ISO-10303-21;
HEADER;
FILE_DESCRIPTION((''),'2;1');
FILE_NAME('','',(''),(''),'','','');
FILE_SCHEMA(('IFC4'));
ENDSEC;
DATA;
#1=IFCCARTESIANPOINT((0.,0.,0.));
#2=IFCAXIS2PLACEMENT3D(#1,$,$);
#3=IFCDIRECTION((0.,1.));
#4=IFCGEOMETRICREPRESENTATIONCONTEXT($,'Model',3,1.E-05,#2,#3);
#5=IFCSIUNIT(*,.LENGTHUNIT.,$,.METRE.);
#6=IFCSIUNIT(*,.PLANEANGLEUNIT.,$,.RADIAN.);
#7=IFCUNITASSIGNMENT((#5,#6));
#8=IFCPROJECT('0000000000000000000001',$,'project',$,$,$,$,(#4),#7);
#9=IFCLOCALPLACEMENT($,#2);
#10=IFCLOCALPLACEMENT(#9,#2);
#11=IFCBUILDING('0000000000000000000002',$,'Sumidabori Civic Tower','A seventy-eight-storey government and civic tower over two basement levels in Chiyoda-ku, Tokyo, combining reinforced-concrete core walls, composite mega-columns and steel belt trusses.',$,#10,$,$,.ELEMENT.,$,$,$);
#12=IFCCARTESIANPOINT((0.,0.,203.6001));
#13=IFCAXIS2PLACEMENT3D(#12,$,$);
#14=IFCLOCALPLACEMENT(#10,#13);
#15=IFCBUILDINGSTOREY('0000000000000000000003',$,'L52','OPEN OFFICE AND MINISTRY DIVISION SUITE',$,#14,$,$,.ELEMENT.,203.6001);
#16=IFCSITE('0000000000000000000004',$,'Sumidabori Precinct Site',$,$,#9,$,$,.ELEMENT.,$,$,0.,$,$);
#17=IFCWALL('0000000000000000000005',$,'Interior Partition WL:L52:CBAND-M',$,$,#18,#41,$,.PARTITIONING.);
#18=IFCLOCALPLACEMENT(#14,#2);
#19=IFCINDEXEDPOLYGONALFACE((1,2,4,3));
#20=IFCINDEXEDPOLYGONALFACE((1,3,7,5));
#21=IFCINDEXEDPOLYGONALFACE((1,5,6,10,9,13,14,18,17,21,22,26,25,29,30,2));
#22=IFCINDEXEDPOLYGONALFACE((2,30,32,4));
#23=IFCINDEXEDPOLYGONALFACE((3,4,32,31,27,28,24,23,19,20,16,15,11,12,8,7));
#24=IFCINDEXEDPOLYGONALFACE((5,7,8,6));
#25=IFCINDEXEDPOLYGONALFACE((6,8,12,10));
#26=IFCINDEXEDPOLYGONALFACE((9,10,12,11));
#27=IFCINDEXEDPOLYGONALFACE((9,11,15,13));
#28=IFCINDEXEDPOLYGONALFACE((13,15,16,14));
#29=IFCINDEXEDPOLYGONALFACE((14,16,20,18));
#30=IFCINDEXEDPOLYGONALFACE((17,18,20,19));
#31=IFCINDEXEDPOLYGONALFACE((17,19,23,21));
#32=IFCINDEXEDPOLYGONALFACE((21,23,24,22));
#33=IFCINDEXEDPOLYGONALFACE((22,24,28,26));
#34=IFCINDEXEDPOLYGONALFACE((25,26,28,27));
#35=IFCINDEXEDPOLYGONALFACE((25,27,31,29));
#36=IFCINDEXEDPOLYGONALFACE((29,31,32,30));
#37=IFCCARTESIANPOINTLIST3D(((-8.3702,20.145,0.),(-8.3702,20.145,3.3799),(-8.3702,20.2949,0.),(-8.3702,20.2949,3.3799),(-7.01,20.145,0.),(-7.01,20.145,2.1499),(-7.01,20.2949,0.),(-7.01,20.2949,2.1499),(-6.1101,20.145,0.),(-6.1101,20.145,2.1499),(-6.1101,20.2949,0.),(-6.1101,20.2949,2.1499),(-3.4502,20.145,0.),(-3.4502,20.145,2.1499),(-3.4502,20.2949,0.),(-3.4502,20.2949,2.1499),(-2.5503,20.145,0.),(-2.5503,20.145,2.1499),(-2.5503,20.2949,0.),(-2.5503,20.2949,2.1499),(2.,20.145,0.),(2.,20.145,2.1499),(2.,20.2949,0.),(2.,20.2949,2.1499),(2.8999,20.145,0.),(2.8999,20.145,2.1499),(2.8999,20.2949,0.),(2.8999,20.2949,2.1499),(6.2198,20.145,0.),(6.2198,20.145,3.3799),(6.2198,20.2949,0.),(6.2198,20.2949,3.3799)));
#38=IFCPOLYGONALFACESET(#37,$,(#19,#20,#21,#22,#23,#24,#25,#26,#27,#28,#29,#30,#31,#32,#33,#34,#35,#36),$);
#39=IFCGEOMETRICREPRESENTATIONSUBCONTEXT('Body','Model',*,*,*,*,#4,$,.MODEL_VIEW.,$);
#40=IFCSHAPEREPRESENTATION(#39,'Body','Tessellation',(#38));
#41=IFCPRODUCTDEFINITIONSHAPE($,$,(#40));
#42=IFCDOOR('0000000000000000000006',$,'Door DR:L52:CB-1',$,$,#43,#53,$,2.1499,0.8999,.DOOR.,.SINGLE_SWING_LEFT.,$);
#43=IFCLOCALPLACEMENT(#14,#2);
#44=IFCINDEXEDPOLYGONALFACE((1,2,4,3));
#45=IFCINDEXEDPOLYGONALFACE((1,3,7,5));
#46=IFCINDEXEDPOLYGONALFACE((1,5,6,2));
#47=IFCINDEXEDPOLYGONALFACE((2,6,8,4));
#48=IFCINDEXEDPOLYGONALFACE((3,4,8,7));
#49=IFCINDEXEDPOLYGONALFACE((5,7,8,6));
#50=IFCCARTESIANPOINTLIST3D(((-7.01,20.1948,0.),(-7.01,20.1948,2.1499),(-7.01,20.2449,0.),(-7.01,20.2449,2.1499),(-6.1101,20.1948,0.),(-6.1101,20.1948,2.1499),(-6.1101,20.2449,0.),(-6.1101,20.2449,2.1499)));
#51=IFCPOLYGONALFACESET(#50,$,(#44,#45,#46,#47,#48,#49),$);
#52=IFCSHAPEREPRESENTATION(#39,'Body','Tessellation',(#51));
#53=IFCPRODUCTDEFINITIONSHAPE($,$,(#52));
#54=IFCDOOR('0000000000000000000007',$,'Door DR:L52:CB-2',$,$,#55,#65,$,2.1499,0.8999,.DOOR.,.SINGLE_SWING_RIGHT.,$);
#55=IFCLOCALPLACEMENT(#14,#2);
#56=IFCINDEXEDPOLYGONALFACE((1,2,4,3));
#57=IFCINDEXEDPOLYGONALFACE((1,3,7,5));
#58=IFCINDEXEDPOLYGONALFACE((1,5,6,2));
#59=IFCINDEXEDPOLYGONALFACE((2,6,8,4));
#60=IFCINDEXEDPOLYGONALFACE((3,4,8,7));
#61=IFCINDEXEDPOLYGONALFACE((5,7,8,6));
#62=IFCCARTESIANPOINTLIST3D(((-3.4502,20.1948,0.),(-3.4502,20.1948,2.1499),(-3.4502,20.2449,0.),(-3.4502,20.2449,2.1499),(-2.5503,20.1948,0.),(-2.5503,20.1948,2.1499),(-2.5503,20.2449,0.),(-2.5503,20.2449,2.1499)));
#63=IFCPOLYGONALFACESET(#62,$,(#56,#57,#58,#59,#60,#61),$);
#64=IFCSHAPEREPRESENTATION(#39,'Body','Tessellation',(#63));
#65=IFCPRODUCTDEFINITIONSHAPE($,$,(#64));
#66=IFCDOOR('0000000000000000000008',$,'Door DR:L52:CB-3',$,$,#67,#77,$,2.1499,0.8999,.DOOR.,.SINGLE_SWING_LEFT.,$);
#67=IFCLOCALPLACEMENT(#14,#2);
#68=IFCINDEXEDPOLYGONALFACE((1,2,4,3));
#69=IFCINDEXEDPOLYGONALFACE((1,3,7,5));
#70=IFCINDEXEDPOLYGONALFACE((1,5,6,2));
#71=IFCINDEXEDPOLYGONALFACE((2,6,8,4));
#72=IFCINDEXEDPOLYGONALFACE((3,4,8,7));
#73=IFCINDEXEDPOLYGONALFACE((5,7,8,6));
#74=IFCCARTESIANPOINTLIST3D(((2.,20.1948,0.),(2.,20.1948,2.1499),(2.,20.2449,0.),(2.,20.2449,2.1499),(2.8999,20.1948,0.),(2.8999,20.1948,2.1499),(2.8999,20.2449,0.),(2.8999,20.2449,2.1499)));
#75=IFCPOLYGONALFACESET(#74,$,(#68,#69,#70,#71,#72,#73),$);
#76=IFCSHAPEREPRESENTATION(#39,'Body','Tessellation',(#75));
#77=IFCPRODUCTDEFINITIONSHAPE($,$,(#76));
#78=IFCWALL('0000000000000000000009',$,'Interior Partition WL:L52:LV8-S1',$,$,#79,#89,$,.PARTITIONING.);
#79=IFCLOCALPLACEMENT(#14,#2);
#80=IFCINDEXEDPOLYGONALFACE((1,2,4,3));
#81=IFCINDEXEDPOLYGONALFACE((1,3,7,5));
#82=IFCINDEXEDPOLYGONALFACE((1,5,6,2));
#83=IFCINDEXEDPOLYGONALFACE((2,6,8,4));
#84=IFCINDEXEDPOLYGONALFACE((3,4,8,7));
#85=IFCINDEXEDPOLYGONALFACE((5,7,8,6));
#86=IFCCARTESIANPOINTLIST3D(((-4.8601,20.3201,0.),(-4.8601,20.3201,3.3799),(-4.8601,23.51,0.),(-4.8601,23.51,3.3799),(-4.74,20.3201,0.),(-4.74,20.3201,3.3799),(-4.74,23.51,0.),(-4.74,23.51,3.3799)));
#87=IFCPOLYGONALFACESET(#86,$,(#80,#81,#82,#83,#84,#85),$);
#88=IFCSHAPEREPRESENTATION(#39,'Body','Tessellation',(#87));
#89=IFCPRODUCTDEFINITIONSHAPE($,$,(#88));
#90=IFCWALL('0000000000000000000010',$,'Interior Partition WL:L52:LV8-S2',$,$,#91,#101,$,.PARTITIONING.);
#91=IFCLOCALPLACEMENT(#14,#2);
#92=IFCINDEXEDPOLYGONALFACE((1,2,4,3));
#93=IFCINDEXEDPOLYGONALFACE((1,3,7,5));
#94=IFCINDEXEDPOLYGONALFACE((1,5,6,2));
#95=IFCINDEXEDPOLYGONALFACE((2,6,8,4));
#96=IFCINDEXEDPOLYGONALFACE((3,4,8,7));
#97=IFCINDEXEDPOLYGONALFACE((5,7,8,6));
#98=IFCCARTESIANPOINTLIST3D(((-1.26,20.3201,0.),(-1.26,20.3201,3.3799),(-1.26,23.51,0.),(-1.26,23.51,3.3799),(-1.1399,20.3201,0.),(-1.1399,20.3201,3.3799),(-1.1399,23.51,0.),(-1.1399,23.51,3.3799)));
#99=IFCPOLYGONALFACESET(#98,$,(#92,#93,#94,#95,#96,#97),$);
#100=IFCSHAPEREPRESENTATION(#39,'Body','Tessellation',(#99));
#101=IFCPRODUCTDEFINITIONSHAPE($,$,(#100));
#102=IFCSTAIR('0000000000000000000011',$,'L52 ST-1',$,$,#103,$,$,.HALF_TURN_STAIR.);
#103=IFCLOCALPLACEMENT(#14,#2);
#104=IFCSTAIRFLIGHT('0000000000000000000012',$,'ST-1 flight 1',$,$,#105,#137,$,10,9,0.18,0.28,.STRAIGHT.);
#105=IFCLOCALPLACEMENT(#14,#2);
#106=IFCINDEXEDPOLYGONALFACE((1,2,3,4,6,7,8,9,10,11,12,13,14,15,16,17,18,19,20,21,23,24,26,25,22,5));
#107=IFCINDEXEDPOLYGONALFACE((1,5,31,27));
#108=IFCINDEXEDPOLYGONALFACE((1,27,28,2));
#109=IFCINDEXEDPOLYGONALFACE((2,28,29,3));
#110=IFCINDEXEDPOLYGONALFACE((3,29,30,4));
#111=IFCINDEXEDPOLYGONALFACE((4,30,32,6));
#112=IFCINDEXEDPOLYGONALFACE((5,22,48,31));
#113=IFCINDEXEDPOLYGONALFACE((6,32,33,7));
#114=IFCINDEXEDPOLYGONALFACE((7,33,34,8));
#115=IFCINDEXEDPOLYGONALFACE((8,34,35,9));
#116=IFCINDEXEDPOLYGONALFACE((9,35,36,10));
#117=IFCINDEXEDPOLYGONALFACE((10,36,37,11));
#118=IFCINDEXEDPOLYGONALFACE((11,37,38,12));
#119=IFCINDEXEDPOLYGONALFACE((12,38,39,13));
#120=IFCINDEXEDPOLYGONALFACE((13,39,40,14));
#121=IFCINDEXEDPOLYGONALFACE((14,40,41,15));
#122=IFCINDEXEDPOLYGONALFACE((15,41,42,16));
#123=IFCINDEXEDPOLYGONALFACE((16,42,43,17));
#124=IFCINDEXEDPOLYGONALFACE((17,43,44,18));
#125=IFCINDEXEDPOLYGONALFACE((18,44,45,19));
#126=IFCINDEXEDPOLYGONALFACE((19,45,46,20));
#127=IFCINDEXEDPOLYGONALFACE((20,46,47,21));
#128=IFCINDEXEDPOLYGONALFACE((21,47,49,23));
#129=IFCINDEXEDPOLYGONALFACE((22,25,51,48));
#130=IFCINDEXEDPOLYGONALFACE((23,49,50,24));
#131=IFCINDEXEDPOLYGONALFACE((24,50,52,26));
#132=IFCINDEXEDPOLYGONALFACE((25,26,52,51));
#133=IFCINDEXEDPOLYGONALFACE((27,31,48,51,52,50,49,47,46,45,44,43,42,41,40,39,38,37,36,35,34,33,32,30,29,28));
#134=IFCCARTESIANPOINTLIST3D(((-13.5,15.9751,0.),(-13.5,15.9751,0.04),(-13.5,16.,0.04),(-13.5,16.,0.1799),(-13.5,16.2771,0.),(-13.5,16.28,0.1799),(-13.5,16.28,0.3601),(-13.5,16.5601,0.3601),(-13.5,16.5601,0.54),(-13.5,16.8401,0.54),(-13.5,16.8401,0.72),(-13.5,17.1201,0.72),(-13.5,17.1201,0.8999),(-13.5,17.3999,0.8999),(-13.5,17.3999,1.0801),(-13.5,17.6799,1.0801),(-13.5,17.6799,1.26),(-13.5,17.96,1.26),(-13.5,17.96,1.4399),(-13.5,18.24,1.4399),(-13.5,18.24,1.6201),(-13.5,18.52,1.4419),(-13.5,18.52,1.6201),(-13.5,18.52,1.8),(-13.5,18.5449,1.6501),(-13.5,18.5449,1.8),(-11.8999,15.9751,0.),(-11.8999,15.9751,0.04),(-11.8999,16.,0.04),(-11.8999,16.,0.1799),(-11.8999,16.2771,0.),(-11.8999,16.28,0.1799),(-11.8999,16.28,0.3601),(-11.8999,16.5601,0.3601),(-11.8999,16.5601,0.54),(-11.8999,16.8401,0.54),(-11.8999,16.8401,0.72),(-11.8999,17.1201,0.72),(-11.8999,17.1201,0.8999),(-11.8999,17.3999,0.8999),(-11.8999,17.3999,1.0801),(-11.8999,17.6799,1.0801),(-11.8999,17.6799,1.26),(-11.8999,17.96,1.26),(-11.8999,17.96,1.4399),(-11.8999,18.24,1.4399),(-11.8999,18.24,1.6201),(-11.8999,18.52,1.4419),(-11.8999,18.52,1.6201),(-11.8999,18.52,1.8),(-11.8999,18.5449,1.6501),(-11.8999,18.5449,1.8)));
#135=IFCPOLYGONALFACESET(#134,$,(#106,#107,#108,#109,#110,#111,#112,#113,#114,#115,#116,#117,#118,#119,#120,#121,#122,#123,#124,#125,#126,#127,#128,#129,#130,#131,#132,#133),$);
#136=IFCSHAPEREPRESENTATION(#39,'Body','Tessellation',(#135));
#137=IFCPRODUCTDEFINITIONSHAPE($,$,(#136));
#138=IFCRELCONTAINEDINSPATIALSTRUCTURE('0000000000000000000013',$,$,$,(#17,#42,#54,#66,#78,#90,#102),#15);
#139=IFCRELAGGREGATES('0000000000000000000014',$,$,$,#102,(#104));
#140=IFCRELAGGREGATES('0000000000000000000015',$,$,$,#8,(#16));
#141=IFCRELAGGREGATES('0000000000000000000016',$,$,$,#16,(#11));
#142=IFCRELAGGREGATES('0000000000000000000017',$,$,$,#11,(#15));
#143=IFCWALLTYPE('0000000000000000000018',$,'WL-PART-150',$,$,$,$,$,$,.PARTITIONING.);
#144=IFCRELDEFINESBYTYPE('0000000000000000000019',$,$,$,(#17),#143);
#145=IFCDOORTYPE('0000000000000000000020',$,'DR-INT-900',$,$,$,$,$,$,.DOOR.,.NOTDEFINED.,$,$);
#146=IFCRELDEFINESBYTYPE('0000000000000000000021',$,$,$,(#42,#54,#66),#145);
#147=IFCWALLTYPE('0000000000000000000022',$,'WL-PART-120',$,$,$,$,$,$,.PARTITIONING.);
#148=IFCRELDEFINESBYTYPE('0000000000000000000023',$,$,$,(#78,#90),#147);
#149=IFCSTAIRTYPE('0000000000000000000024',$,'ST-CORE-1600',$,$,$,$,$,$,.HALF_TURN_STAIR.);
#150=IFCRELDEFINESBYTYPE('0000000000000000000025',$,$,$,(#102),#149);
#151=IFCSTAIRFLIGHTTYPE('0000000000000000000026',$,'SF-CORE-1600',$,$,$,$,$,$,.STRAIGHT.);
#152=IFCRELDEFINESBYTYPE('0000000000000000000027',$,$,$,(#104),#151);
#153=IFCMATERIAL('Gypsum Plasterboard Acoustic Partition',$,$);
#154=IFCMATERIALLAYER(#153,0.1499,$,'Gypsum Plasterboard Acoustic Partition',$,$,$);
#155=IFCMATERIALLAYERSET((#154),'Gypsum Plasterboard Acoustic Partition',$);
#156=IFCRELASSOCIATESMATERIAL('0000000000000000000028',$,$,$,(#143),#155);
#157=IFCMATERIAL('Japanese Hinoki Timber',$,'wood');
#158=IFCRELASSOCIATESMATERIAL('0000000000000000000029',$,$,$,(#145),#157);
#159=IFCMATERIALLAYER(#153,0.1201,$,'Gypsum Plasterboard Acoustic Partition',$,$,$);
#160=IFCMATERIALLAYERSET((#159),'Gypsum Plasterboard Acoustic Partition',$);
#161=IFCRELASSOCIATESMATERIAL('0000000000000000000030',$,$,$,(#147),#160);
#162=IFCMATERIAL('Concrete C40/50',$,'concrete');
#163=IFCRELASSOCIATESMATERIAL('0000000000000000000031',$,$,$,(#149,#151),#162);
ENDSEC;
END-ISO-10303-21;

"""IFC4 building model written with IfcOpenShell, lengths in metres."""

from ifc_helpers import new_model, si_unit, direction, frame, frame_2d, origin, place, context, subcontext, project, spatial, polyline, rectangle, outline, extrude, source, transform, mapped, material, layer, layer_set, type_object, element, fill, aggregate, save


model = new_model("IFC4")

# Units and contexts
model_context = context("Model", 3, precision=1e-05, world=origin(), true_north=direction((0.0, 1.0)))
body_context = subcontext(model_context, "Body", "Model", "MODEL_VIEW")
ifc_project = project(units=[si_unit("LENGTHUNIT", "METRE"), si_unit("PLANEANGLEUNIT", "RADIAN")], contexts=[model_context])

# Site, building, storey
site_placement = place(None, origin())
site = spatial("IfcSite", under=ifc_project, at=site_placement, Name="Sumidabori Precinct Site", CompositionType="ELEMENT", RefElevation=0.0)
building_placement = place(site_placement, origin())
building = spatial("IfcBuilding", under=site, at=building_placement, Name="Sumidabori Civic Tower", Description="A seventy-eight-storey government and civic tower over two basement levels in Chiyoda-ku, Tokyo, combining reinforced-concrete core walls, composite mega-columns and steel belt trusses.", CompositionType="ELEMENT")
storey_placement = place(building_placement, frame((0.0, 0.0, 203.6001)))
storey = spatial("IfcBuildingStorey", under=building, at=storey_placement, Name="L52", Description="OPEN OFFICE AND MINISTRY DIVISION SUITE", CompositionType="ELEMENT", Elevation=203.6001)

# Shared definitions
ifc_material_1 = material(Name="Gypsum Plasterboard Acoustic Partition")
ifc_layer_1 = layer(ifc_material_1, 0.1499, Name="Gypsum Plasterboard Acoustic Partition")
ifc_layer_set_1 = layer_set([ifc_layer_1], Name="Gypsum Plasterboard Acoustic Partition")
wall_type_1 = type_object("IfcWallType", Name="WL-PART-150", PredefinedType="PARTITIONING", material=ifc_layer_set_1)

# Wall, openings, doors
shared_shape_1 = source(origin(), body_context, "Body", "SweptSolid", [
    extrude(rectangle(XDim=14.5901, YDim=0.1499, at=frame_2d((7.2949, 0.0))), origin(), (0.0, 0.0, 1.0), 3.3799),
])
wall_1_placement = place(storey_placement, frame((-8.3701, 20.22, 0.0), z_axis=(0.0, 0.0, 1.0), x_axis=(1.0, 0.0, 0.0)))
wall_1 = element("IfcWall", 1, at=wall_1_placement, inside=storey, type_object=wall_type_1, Name="Interior Partition WL:L52:CBAND-M", PredefinedType="PARTITIONING", context=body_context, shape_type="MappedRepresentation", body=[
    mapped(shared_shape_1, transform((0.0, 0.0, 0.0), x_axis=(1.0, 0.0, 0.0), y_axis=(0.0, 1.0, 0.0), z_axis=(0.0, 0.0, 1.0), scale=1.0)),
])
opening_1_placement = place(wall_1_placement, frame((1.3601, 0.0, 0.0)))
opening_1 = element("IfcOpeningElement", 2, at=opening_1_placement, cuts=wall_1, PredefinedType="OPENING", context=body_context, shape_type="SweptSolid", body=[
    extrude(rectangle(XDim=0.8999, YDim=2.1499, at=frame_2d((0.45, 1.075))), frame((0.0, 0.0869, 0.0), z_axis=(0.0, -1.0, 0.0), x_axis=(1.0, 0.0, 0.0)), (0.0, 0.0, 1.0), 0.1738),
])
opening_2_placement = place(wall_1_placement, frame((4.9199, 0.0, 0.0)))
opening_2 = element("IfcOpeningElement", 3, at=opening_2_placement, cuts=wall_1, PredefinedType="OPENING", context=body_context, shape_type="SweptSolid", body=[
    extrude(rectangle(XDim=0.8999, YDim=2.1499, at=frame_2d((0.45, 1.075))), frame((0.0, 0.0869, 0.0), z_axis=(0.0, -1.0, 0.0), x_axis=(1.0, 0.0, 0.0)), (0.0, 0.0, 1.0), 0.1738),
])
opening_3_placement = place(wall_1_placement, frame((10.3701, 0.0, 0.0)))
opening_3 = element("IfcOpeningElement", 4, at=opening_3_placement, cuts=wall_1, PredefinedType="OPENING", context=body_context, shape_type="SweptSolid", body=[
    extrude(rectangle(XDim=0.8999, YDim=2.1499, at=frame_2d((0.45, 1.075))), frame((0.0, 0.0869, 0.0), z_axis=(0.0, -1.0, 0.0), x_axis=(1.0, 0.0, 0.0)), (0.0, 0.0, 1.0), 0.1738),
])
ifc_material_2 = material(Name="Japanese Hinoki Timber", Category="wood")
door_type = type_object("IfcDoorType", Name="DR-INT-900", OperationType="NOTDEFINED", PredefinedType="DOOR", material=ifc_material_2)
shared_shape_2 = source(origin(), body_context, "Body", "SweptSolid", [
    extrude(rectangle(XDim=0.8999, YDim=2.1499, at=frame_2d((0.45, 1.075))), frame((0.0, 0.0249, 0.0), z_axis=(0.0, -1.0, 0.0), x_axis=(1.0, 0.0, 0.0)), (0.0, 0.0, 1.0), 0.05),
])
door_1_placement = place(opening_1_placement, origin())
door_1 = element("IfcDoor", 5, at=door_1_placement, inside=storey, type_object=door_type, Name="Door DR:L52:CB-1", OperationType="SINGLE_SWING_LEFT", OverallHeight=2.1499, OverallWidth=0.8999, PredefinedType="DOOR", context=body_context, shape_type="MappedRepresentation", body=[
    mapped(shared_shape_2, transform((0.0, 0.0, 0.0), x_axis=(1.0, 0.0, 0.0), y_axis=(0.0, 1.0, 0.0), z_axis=(0.0, 0.0, 1.0), scale=1.0)),
])
fill(opening_1, door_1)
door_2_placement = place(opening_2_placement, origin())
door_2 = element("IfcDoor", 6, at=door_2_placement, inside=storey, type_object=door_type, Name="Door DR:L52:CB-2", OperationType="SINGLE_SWING_RIGHT", OverallHeight=2.1499, OverallWidth=0.8999, PredefinedType="DOOR", context=body_context, shape_type="MappedRepresentation", body=[
    mapped(shared_shape_2, transform((0.0, 0.0, 0.0), x_axis=(1.0, 0.0, 0.0), y_axis=(0.0, 1.0, 0.0), z_axis=(0.0, 0.0, 1.0), scale=1.0)),
])
fill(opening_2, door_2)
door_3_placement = place(opening_3_placement, origin())
door_3 = element("IfcDoor", 7, at=door_3_placement, inside=storey, type_object=door_type, Name="Door DR:L52:CB-3", OperationType="SINGLE_SWING_LEFT", OverallHeight=2.1499, OverallWidth=0.8999, PredefinedType="DOOR", context=body_context, shape_type="MappedRepresentation", body=[
    mapped(shared_shape_2, transform((0.0, 0.0, 0.0), x_axis=(1.0, 0.0, 0.0), y_axis=(0.0, 1.0, 0.0), z_axis=(0.0, 0.0, 1.0), scale=1.0)),
])
fill(opening_3, door_3)

# Walls
ifc_layer_2 = layer(ifc_material_1, 0.1201, Name="Gypsum Plasterboard Acoustic Partition")
ifc_layer_set_2 = layer_set([ifc_layer_2], Name="Gypsum Plasterboard Acoustic Partition")
wall_type_2 = type_object("IfcWallType", Name="WL-PART-120", PredefinedType="PARTITIONING", material=ifc_layer_set_2)
shared_shape_3 = source(origin(), body_context, "Body", "SweptSolid", [
    extrude(rectangle(XDim=3.1899, YDim=0.1201, at=frame_2d((1.595, 0.0))), origin(), (0.0, 0.0, 1.0), 3.3799),
])
for number, where, z_axis, x_axis, name in (
    (8, (-4.8, 20.3201, 0.0), (0.0, 0.0, 1.0), (0.0, 1.0, 0.0), "Interior Partition WL:L52:LV8-S1"),
    (9, (-1.2, 20.3201, 0.0), (0.0, 0.0, 1.0), (0.0, 1.0, 0.0), "Interior Partition WL:L52:LV8-S2"),
):
    element("IfcWall", number, at=place(storey_placement, frame(where, z_axis=z_axis, x_axis=x_axis)), inside=storey, type_object=wall_type_2, Name=name, PredefinedType="PARTITIONING", context=body_context, shape_type="MappedRepresentation", body=[
        mapped(shared_shape_3, transform((0.0, 0.0, 0.0), x_axis=(1.0, 0.0, 0.0), y_axis=(0.0, 1.0, 0.0), z_axis=(0.0, 0.0, 1.0), scale=1.0)),
    ])

# Stair, stair flight
ifc_material_3 = material(Name="Concrete C40/50", Category="concrete")
stair_type = type_object("IfcStairType", Name="ST-CORE-1600", PredefinedType="HALF_TURN_STAIR", material=ifc_material_3)
stair_placement = place(storey_placement, origin())
stair = element("IfcStair", 10, at=stair_placement, inside=storey, type_object=stair_type, Name="L52 ST-1", PredefinedType="HALF_TURN_STAIR")
stair_flight_type = type_object("IfcStairFlightType", Name="SF-CORE-1600", PredefinedType="STRAIGHT", material=ifc_material_3)
shared_shape_4 = source(origin(), body_context, "Body", "SweptSolid", [
    extrude(outline(polyline([(-0.0249, 0.0), (-0.0249, 0.04), (0.0, 0.04), (0.0, 0.1799), (0.28, 0.1799), (0.28, 0.3601), (0.5601, 0.3601), (0.5601, 0.54), (0.8401, 0.54), (0.8401, 0.72), (1.1201, 0.72), (1.1201, 0.8999), (1.3999, 0.8999), (1.3999, 1.0801), (1.6799, 1.0801), (1.6799, 1.26), (1.96, 1.26), (1.96, 1.4399), (2.24, 1.4399), (2.24, 1.6201), (2.52, 1.6201), (2.52, 1.8), (2.5449, 1.8), (2.5449, 1.6501), (2.52, 1.4419), (0.2771, 0.0), (-0.0249, 0.0)])), frame((0.0, 0.8, 0.0), z_axis=(0.0, -1.0, 0.0), x_axis=(1.0, 0.0, 0.0)), (0.0, 0.0, 1.0), 1.6001),
])
stair_flight_placement = place(storey_placement, frame((-12.7, 16.0, 0.0), z_axis=(0.0, 0.0, 1.0), x_axis=(0.0, 1.0, 0.0)))
stair_flight = element("IfcStairFlight", 11, at=stair_flight_placement, type_object=stair_flight_type, Name="ST-1 flight 1", NumberOfRisers=10, NumberOfTreads=9, PredefinedType="STRAIGHT", RiserHeight=0.18, TreadLength=0.28, context=body_context, shape_type="MappedRepresentation", body=[
    mapped(shared_shape_4, transform((0.0, 0.0, 0.0), x_axis=(1.0, 0.0, 0.0), y_axis=(0.0, 1.0, 0.0), z_axis=(0.0, 0.0, 1.0), scale=1.0)),
])
aggregate(stair, [stair_flight])

save(model, "model.ifc")
